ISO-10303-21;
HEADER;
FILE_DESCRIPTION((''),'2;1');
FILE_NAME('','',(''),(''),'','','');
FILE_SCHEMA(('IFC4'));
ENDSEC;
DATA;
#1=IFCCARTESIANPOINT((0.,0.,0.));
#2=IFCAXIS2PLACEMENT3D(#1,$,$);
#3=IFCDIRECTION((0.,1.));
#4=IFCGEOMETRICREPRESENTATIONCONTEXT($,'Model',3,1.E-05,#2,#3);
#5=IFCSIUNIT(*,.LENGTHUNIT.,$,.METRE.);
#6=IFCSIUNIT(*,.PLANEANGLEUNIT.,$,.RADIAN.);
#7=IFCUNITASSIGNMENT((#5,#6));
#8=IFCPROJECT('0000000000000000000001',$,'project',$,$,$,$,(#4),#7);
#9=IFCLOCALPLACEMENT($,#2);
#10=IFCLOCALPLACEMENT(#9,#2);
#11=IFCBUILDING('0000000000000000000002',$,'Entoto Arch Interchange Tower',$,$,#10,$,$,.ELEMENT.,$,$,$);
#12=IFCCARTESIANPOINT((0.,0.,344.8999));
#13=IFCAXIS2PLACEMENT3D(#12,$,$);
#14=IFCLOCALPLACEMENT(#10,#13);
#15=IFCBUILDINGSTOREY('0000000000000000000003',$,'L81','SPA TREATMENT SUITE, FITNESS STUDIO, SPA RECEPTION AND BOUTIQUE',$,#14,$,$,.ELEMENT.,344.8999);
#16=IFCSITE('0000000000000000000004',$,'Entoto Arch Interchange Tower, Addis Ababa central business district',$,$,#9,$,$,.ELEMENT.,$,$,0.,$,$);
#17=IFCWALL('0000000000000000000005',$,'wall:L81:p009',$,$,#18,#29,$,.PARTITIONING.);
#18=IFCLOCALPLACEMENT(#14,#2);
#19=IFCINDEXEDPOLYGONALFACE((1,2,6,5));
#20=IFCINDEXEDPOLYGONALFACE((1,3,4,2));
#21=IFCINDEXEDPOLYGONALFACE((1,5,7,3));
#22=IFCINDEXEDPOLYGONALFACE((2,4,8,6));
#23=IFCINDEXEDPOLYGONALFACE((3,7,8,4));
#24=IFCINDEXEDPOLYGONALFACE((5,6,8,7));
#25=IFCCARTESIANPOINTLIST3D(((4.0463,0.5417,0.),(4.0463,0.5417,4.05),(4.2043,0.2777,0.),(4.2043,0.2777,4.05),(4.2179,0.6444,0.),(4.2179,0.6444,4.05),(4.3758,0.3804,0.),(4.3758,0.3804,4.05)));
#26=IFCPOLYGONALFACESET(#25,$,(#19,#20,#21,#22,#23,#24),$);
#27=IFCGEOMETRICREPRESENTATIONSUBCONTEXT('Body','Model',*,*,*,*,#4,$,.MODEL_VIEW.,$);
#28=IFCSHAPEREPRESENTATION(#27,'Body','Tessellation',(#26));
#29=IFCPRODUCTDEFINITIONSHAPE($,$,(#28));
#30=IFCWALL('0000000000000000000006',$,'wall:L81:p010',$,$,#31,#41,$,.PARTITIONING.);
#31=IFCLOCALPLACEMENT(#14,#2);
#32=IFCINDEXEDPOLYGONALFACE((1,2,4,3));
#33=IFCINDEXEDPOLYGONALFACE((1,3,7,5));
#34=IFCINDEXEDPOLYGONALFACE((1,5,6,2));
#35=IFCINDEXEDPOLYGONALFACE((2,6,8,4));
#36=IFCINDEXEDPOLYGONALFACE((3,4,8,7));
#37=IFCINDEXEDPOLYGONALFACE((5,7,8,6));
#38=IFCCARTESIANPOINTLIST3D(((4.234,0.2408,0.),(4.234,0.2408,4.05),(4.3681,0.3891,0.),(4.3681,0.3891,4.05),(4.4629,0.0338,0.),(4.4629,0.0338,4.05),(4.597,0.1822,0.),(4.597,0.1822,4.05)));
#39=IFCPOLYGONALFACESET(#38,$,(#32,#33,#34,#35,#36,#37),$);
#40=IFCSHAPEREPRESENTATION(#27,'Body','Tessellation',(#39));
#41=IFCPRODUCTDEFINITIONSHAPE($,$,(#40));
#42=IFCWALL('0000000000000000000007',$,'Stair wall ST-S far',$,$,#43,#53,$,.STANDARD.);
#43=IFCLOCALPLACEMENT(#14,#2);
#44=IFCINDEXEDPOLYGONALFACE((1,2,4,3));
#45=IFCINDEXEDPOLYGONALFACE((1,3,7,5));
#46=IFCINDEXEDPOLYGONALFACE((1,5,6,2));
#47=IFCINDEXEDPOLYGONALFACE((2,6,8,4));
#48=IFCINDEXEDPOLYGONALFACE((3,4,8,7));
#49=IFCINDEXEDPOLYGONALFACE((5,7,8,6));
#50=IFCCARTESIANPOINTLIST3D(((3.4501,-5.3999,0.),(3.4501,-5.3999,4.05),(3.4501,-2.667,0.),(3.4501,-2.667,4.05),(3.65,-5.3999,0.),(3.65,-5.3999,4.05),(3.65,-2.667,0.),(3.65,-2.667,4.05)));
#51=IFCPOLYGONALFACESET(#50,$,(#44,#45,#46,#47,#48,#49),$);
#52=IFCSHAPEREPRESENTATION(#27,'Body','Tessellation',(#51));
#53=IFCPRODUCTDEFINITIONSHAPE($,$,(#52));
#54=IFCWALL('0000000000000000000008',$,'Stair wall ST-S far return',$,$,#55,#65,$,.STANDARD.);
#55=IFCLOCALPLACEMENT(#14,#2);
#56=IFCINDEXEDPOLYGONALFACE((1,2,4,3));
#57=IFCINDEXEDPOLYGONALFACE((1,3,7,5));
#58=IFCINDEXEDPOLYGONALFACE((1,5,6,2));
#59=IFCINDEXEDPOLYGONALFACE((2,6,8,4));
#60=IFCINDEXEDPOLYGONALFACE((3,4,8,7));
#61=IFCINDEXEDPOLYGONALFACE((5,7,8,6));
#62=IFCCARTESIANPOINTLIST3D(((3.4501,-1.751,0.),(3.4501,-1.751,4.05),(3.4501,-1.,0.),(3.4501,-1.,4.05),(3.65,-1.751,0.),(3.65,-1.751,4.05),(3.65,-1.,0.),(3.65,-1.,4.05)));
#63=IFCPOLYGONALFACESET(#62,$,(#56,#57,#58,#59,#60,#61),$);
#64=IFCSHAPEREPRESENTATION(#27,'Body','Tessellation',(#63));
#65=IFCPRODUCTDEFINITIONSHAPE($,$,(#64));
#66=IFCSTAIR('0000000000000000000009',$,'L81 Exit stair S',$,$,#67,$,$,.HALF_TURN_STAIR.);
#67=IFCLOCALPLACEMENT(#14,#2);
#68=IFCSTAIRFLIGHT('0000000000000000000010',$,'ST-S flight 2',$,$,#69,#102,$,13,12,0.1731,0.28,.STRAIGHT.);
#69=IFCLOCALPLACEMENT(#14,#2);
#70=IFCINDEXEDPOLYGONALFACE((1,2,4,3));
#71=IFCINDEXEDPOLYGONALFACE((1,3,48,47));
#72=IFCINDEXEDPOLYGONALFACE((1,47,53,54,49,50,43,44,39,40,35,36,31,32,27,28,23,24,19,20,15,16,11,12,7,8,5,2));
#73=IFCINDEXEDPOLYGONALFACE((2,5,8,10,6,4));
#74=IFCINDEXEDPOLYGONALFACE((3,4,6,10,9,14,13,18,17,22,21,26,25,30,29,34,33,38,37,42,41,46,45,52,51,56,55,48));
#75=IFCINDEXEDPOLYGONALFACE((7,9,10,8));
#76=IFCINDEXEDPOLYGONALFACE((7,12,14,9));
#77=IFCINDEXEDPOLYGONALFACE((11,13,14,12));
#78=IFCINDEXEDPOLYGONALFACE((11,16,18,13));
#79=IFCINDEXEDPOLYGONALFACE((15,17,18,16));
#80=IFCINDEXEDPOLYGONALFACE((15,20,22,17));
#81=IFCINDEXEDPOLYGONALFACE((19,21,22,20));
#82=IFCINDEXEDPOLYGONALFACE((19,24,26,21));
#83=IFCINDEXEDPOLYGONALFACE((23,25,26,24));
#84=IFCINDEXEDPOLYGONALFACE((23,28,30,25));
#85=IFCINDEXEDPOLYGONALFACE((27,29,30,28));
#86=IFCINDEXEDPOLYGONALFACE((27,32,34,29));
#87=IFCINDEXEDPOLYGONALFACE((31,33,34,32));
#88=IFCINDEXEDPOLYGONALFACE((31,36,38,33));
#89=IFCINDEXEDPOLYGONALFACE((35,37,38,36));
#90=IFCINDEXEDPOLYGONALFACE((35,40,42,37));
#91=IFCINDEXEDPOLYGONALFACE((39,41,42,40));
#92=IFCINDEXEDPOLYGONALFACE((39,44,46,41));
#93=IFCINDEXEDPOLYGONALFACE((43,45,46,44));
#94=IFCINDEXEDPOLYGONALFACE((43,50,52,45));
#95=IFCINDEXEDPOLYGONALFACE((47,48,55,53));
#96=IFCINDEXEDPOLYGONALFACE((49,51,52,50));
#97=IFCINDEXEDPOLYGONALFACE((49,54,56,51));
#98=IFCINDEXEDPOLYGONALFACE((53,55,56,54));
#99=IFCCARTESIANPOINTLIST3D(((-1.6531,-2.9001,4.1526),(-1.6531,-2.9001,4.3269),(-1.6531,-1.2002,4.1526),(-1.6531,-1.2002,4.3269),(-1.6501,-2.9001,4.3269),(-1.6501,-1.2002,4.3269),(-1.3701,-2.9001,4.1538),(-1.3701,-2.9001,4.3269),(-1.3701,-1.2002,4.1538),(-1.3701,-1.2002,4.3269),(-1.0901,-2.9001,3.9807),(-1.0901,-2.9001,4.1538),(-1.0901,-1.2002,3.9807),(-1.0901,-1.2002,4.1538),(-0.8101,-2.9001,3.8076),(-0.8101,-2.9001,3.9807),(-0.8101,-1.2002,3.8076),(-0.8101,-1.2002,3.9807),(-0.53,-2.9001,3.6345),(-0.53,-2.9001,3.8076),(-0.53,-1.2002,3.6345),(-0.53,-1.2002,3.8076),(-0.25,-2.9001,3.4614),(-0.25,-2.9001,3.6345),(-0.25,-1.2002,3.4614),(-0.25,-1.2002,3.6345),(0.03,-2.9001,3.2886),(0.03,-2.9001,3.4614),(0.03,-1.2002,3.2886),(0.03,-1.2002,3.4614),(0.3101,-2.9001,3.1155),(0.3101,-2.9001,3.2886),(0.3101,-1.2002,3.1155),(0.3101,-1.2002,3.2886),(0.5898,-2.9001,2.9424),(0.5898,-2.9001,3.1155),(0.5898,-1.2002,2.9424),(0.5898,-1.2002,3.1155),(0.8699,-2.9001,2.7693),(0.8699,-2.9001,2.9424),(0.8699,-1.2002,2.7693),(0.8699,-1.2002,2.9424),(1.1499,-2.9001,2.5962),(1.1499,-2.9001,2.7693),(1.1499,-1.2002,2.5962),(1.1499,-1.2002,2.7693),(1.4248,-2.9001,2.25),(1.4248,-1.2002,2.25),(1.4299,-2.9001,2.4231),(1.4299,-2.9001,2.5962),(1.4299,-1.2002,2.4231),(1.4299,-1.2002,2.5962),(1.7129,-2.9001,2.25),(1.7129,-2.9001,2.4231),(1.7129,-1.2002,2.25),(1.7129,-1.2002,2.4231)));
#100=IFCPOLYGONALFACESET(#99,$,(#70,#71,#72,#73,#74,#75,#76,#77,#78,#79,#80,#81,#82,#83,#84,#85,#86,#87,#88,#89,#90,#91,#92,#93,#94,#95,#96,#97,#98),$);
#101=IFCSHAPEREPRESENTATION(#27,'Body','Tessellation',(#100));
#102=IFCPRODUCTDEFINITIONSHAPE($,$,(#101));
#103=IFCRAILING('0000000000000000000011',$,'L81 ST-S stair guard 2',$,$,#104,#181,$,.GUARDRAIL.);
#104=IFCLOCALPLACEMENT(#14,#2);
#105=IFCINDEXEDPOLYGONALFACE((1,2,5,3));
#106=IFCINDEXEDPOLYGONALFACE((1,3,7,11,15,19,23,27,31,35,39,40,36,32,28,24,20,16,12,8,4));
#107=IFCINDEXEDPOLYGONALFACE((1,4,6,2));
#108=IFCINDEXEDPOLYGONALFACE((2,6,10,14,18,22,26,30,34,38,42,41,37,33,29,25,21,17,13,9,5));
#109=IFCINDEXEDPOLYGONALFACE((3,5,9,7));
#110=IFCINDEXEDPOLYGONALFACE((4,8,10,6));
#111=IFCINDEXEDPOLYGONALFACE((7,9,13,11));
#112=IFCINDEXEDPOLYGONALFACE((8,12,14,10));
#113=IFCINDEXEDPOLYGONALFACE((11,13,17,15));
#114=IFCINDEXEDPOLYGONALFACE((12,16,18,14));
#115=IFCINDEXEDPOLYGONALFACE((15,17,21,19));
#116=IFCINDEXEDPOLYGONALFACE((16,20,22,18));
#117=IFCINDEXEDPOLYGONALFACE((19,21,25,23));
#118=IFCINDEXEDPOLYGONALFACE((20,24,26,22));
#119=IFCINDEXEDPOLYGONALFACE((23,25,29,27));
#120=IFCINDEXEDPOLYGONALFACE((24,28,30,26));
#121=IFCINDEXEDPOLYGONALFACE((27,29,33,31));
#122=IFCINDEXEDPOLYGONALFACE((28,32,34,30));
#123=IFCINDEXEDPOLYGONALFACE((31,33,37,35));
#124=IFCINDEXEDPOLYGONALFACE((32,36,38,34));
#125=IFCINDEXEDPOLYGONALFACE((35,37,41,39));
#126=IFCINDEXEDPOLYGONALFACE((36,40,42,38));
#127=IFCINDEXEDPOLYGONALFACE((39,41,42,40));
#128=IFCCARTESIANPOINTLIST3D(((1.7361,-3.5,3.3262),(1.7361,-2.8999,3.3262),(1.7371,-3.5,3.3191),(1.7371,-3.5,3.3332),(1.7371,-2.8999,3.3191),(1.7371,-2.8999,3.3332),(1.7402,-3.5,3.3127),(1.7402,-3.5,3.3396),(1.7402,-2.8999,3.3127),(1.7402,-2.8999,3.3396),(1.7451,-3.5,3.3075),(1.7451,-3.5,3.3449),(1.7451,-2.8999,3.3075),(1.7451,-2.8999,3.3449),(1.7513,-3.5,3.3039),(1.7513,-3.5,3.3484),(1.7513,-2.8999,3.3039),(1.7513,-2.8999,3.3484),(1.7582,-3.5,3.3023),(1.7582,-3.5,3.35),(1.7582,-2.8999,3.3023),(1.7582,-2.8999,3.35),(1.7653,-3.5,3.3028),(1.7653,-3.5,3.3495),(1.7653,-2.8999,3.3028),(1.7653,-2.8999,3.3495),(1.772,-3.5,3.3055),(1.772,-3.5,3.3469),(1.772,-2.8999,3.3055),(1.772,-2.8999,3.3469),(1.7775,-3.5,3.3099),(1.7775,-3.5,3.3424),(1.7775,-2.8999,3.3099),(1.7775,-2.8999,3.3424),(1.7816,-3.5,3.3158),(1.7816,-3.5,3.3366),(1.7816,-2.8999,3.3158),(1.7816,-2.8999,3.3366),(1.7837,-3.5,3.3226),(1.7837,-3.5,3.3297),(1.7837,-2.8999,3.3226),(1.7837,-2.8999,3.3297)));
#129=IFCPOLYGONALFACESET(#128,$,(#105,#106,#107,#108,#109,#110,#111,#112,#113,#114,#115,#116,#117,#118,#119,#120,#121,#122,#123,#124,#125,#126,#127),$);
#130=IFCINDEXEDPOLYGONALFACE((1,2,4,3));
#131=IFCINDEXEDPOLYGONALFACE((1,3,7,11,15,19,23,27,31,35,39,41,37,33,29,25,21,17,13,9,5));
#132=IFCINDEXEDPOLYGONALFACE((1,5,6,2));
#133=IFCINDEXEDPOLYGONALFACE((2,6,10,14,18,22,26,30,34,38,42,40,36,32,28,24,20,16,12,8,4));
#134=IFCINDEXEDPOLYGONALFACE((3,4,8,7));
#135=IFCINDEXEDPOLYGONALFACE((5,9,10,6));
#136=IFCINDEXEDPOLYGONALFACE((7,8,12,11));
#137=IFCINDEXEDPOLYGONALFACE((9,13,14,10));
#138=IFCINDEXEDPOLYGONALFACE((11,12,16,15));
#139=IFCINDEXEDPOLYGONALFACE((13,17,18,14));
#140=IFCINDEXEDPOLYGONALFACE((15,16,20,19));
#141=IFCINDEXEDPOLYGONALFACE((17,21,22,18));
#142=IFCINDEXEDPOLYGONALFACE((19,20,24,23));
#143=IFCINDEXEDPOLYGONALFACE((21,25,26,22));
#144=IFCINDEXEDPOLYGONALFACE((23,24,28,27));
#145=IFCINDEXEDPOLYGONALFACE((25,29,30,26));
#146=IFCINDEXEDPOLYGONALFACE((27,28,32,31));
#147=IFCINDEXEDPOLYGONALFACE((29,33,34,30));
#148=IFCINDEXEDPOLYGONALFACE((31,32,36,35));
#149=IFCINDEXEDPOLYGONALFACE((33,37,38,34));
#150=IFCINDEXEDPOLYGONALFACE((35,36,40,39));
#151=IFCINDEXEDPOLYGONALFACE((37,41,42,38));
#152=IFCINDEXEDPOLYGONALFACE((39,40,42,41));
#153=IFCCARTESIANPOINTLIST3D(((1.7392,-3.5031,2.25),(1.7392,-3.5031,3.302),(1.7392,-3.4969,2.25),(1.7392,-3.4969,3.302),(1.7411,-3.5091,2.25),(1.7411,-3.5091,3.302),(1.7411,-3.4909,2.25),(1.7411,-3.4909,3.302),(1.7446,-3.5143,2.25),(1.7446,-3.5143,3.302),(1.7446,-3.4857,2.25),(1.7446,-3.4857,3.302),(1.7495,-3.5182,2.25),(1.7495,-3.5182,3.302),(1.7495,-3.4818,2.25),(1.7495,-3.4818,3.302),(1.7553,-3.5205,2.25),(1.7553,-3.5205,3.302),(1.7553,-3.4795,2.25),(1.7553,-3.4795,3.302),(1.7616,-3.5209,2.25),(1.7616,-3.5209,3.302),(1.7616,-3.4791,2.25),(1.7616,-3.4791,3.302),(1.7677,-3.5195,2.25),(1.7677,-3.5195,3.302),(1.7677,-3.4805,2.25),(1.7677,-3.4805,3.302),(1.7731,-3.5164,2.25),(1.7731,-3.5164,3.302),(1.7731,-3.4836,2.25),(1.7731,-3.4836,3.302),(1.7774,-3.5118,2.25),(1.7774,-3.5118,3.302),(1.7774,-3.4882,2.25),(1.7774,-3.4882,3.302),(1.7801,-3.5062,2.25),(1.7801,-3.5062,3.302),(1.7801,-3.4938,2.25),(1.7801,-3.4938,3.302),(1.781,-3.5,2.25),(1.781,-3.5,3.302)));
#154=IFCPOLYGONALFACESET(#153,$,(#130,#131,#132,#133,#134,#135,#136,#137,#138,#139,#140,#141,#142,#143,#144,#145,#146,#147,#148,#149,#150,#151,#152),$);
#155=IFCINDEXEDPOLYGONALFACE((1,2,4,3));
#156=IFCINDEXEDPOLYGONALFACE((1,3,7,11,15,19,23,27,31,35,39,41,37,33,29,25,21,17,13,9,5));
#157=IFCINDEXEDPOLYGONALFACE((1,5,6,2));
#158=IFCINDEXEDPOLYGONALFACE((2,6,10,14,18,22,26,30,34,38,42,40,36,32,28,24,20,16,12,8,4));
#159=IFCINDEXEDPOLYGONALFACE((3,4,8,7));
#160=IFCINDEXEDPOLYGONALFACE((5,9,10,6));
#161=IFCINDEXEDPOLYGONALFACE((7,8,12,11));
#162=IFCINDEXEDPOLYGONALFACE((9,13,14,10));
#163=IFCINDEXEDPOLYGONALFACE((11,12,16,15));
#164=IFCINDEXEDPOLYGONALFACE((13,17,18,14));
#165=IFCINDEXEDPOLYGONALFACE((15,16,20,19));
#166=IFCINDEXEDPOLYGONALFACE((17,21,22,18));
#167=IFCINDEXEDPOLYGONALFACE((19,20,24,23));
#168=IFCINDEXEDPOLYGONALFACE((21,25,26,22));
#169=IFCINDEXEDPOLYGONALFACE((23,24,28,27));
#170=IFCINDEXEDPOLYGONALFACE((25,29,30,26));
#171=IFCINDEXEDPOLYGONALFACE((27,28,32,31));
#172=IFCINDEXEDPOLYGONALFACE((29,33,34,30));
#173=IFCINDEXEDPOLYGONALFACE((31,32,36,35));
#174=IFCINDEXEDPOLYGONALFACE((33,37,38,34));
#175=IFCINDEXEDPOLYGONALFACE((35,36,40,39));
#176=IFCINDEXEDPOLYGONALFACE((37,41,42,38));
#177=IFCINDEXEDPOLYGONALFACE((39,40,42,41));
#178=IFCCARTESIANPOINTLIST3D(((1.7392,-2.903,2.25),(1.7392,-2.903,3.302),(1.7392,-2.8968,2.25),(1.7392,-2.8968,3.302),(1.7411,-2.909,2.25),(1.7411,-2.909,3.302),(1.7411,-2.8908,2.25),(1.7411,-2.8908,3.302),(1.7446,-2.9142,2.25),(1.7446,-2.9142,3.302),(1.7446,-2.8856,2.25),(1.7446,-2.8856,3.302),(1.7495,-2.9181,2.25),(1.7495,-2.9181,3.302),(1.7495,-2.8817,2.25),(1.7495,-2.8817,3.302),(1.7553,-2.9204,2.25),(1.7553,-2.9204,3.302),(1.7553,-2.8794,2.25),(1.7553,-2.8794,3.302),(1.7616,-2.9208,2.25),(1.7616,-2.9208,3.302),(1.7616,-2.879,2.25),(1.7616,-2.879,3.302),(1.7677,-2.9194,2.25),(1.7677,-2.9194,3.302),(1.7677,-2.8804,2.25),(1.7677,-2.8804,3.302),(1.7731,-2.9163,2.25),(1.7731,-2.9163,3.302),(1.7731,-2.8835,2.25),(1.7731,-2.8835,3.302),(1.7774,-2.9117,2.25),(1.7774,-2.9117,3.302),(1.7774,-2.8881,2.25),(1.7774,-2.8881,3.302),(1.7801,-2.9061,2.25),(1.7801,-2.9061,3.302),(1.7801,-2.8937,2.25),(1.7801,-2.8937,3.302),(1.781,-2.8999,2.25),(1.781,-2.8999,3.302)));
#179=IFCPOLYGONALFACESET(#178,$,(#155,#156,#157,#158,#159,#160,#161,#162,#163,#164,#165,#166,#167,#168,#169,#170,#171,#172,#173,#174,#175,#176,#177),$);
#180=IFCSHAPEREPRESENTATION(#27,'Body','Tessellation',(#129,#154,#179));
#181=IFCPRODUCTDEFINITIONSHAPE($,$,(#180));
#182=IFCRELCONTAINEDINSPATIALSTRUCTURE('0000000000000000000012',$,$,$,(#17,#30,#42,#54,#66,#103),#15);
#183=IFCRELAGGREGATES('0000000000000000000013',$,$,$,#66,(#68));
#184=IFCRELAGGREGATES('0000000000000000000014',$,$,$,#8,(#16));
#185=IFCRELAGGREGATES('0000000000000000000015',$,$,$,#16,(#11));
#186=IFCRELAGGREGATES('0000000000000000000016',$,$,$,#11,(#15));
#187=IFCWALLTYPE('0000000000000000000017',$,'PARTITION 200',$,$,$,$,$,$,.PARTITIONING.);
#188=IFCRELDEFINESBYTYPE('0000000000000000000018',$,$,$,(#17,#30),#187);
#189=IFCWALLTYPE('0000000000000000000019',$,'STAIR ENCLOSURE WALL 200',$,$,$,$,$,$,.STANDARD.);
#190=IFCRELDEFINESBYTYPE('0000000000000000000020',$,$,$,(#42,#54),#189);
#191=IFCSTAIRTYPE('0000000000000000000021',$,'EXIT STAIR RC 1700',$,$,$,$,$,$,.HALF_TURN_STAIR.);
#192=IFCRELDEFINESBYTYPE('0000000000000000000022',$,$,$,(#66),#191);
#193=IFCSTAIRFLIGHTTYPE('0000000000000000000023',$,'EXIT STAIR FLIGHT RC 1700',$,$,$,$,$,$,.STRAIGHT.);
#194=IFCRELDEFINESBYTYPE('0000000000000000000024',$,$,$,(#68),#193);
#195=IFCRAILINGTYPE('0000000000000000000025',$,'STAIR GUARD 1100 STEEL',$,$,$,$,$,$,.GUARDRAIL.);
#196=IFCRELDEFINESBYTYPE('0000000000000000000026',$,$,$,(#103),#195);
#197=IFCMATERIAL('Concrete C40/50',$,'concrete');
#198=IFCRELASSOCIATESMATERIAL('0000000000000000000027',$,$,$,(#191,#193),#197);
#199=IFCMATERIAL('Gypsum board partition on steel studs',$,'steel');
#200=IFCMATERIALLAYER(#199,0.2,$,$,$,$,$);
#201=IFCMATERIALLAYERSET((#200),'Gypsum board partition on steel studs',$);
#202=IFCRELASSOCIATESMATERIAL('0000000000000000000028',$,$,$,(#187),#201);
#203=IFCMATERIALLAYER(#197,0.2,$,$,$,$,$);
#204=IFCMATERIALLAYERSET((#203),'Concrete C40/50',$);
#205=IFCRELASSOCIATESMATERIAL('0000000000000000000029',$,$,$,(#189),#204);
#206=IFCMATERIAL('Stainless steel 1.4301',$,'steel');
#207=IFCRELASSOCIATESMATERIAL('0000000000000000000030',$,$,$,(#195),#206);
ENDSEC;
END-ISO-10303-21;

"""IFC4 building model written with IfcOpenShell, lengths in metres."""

from ifc_helpers import new_model, si_unit, direction, frame, frame_2d, origin, origin_2d, place, context, subcontext, project, spatial, polyline, rectangle, circle, outline, extrude, material, layer, layer_set, type_object, element, aggregate, save


model = new_model("IFC4")

# Units and contexts
model_context = context("Model", 3, precision=1e-05, world=origin(), true_north=direction((0.0, 1.0)))
body_context = subcontext(model_context, "Body", "Model", "MODEL_VIEW")
ifc_project = project(units=[si_unit("LENGTHUNIT", "METRE"), si_unit("PLANEANGLEUNIT", "RADIAN")], contexts=[model_context])

# Site, building, storey
site_placement = place(None, origin())
site = spatial("IfcSite", under=ifc_project, at=site_placement, Name="Entoto Arch Interchange Tower, Addis Ababa central business district", CompositionType="ELEMENT", RefElevation=0.0)
building_placement = place(site_placement, origin())
building = spatial("IfcBuilding", under=site, at=building_placement, Name="Entoto Arch Interchange Tower", CompositionType="ELEMENT")
storey_placement = place(building_placement, frame((0.0, 0.0, 344.8999)))
storey = spatial("IfcBuildingStorey", under=building, at=storey_placement, Name="L81", Description="SPA TREATMENT SUITE, FITNESS STUDIO, SPA RECEPTION AND BOUTIQUE", CompositionType="ELEMENT", Elevation=344.8999)

# Shared definitions
ifc_material_1 = material(Name="Concrete C40/50", Category="concrete")

# Shared definitions
stair_type = type_object("IfcStairType", Name="EXIT STAIR RC 1700", PredefinedType="HALF_TURN_STAIR", material=ifc_material_1)

# Walls
ifc_material_2 = material(Name="Gypsum board partition on steel studs", Category="steel")
ifc_layer_1 = layer(ifc_material_2, 0.2)
ifc_layer_set_1 = layer_set([ifc_layer_1], Name="Gypsum board partition on steel studs")
wall_type_1 = type_object("IfcWallType", Name="PARTITION 200", PredefinedType="PARTITIONING", material=ifc_layer_set_1)
wall_1_placement = place(storey_placement, frame((4.1321, 0.593, 0.0), z_axis=(0.0, 0.0, 1.0), x_axis=(0.513562, -0.858053, 0.0)))
element("IfcWall", 1, at=wall_1_placement, inside=storey, type_object=wall_type_1, Name="wall:L81:p009", PredefinedType="PARTITIONING", context=body_context, shape_type="SweptSolid", body=[
    extrude(rectangle(XDim=0.3076, YDim=0.2, at=frame_2d((0.1538, 0.0))), origin(), (0.0, 0.0, 1.0), 4.05),
])
wall_2_placement = place(storey_placement, frame((4.301, 0.3149, 0.0), z_axis=(0.0, 0.0, 1.0), x_axis=(0.741798, -0.670623, 0.0)))
element("IfcWall", 2, at=wall_2_placement, inside=storey, type_object=wall_type_1, Name="wall:L81:p010", PredefinedType="PARTITIONING", context=body_context, shape_type="SweptSolid", body=[
    extrude(rectangle(XDim=0.3086, YDim=0.2, at=frame_2d((0.1543, 0.0))), origin(), (0.0, 0.0, 1.0), 4.05),
])
ifc_layer_2 = layer(ifc_material_1, 0.2)
ifc_layer_set_2 = layer_set([ifc_layer_2], Name="Concrete C40/50")
wall_type_2 = type_object("IfcWallType", Name="STAIR ENCLOSURE WALL 200", PredefinedType="STANDARD", material=ifc_layer_set_2)
wall_3_placement = place(storey_placement, frame((3.55, -2.667, 0.0), z_axis=(0.0, 0.0, 1.0), x_axis=(0.0, -1.0, 0.0)))
element("IfcWall", 3, at=wall_3_placement, inside=storey, type_object=wall_type_2, Name="Stair wall ST-S far", PredefinedType="STANDARD", context=body_context, shape_type="SweptSolid", body=[
    extrude(rectangle(XDim=2.7329, YDim=0.2, at=frame_2d((1.3665, 0.0))), origin(), (0.0, 0.0, 1.0), 4.05),
])
wall_4_placement = place(storey_placement, frame((3.55, -1.0, 0.0), z_axis=(0.0, 0.0, 1.0), x_axis=(0.0, -1.0, 0.0)))
element("IfcWall", 4, at=wall_4_placement, inside=storey, type_object=wall_type_2, Name="Stair wall ST-S far return", PredefinedType="STANDARD", context=body_context, shape_type="SweptSolid", body=[
    extrude(rectangle(XDim=0.751, YDim=0.2, at=frame_2d((0.3755, 0.0))), origin(), (0.0, 0.0, 1.0), 4.05),
])

# Stair, stair flight
stair_1_placement = place(storey_placement, origin())
stair_1 = element("IfcStair", 5, at=stair_1_placement, inside=storey, type_object=stair_type, Name="L81 Exit stair S", PredefinedType="HALF_TURN_STAIR")
stair_flight_type = type_object("IfcStairFlightType", Name="EXIT STAIR FLIGHT RC 1700", PredefinedType="STRAIGHT", material=ifc_material_1)
stair_flight_placement = place(storey_placement, frame((1.71, -2.05, 2.25), z_axis=(0.0, 0.0, 1.0), x_axis=(-1.0, 0.0, 0.0)))
stair_flight = element("IfcStairFlight", 6, at=stair_flight_placement, type_object=stair_flight_type, Name="ST-S flight 2", NumberOfRisers=13, NumberOfTreads=12, PredefinedType="STRAIGHT", RiserHeight=0.1731, TreadLength=0.28, context=body_context, shape_type="SweptSolid", body=[
    extrude(outline(polyline([(-0.0029, 0.0), (-0.0029, 0.1731), (0.28, 0.1731), (0.28, 0.3462), (0.5601, 0.3462), (0.5601, 0.5193), (0.8401, 0.5193), (0.8401, 0.6924), (1.1201, 0.6924), (1.1201, 0.8655), (1.3999, 0.8655), (1.3999, 1.0386), (1.6799, 1.0386), (1.6799, 1.2114), (1.96, 1.2114), (1.96, 1.3845), (2.24, 1.3845), (2.24, 1.5576), (2.52, 1.5576), (2.52, 1.7307), (2.8, 1.7307), (2.8, 1.9038), (3.0801, 1.9038), (3.0801, 2.0769), (3.3601, 2.0769), (3.363, 2.0769), (3.363, 1.9026), (0.2852, 0.0), (-0.0029, 0.0)])), frame((0.0, 0.8501, 0.0), z_axis=(0.0, -1.0, 0.0), x_axis=(1.0, 0.0, 0.0)), (0.0, 0.0, 1.0), 1.7),
])
aggregate(stair_1, [stair_flight])

# Railing
ifc_material_3 = material(Name="Stainless steel 1.4301", Category="steel")
railing_type_1 = type_object("IfcRailingType", Name="STAIR GUARD 1100 STEEL", PredefinedType="GUARDRAIL", material=ifc_material_3)
railing_1_placement = place(storey_placement, frame((1.76, -3.5, 2.25)))
element("IfcRailing", 7, at=railing_1_placement, inside=storey, type_object=railing_type_1, Name="L81 ST-S stair guard 2", PredefinedType="GUARDRAIL", context=body_context, shape_type="SweptSolid", body=[
    extrude(circle(Radius=0.0239, at=origin_2d()), frame((0.0, 0.0, 1.0762), z_axis=(0.0, 1.0, 0.0), x_axis=(-1.0, 0.0, 0.0)), (0.0, 0.0, 1.0), 0.6001),
    extrude(circle(Radius=0.021, at=origin_2d()), origin(), (0.0, 0.0, 1.0), 1.052),
    extrude(circle(Radius=0.021, at=origin_2d()), frame((0.0, 0.6001, 0.0)), (0.0, 0.0, 1.0), 1.052),
])

save(model, "model.ifc")
